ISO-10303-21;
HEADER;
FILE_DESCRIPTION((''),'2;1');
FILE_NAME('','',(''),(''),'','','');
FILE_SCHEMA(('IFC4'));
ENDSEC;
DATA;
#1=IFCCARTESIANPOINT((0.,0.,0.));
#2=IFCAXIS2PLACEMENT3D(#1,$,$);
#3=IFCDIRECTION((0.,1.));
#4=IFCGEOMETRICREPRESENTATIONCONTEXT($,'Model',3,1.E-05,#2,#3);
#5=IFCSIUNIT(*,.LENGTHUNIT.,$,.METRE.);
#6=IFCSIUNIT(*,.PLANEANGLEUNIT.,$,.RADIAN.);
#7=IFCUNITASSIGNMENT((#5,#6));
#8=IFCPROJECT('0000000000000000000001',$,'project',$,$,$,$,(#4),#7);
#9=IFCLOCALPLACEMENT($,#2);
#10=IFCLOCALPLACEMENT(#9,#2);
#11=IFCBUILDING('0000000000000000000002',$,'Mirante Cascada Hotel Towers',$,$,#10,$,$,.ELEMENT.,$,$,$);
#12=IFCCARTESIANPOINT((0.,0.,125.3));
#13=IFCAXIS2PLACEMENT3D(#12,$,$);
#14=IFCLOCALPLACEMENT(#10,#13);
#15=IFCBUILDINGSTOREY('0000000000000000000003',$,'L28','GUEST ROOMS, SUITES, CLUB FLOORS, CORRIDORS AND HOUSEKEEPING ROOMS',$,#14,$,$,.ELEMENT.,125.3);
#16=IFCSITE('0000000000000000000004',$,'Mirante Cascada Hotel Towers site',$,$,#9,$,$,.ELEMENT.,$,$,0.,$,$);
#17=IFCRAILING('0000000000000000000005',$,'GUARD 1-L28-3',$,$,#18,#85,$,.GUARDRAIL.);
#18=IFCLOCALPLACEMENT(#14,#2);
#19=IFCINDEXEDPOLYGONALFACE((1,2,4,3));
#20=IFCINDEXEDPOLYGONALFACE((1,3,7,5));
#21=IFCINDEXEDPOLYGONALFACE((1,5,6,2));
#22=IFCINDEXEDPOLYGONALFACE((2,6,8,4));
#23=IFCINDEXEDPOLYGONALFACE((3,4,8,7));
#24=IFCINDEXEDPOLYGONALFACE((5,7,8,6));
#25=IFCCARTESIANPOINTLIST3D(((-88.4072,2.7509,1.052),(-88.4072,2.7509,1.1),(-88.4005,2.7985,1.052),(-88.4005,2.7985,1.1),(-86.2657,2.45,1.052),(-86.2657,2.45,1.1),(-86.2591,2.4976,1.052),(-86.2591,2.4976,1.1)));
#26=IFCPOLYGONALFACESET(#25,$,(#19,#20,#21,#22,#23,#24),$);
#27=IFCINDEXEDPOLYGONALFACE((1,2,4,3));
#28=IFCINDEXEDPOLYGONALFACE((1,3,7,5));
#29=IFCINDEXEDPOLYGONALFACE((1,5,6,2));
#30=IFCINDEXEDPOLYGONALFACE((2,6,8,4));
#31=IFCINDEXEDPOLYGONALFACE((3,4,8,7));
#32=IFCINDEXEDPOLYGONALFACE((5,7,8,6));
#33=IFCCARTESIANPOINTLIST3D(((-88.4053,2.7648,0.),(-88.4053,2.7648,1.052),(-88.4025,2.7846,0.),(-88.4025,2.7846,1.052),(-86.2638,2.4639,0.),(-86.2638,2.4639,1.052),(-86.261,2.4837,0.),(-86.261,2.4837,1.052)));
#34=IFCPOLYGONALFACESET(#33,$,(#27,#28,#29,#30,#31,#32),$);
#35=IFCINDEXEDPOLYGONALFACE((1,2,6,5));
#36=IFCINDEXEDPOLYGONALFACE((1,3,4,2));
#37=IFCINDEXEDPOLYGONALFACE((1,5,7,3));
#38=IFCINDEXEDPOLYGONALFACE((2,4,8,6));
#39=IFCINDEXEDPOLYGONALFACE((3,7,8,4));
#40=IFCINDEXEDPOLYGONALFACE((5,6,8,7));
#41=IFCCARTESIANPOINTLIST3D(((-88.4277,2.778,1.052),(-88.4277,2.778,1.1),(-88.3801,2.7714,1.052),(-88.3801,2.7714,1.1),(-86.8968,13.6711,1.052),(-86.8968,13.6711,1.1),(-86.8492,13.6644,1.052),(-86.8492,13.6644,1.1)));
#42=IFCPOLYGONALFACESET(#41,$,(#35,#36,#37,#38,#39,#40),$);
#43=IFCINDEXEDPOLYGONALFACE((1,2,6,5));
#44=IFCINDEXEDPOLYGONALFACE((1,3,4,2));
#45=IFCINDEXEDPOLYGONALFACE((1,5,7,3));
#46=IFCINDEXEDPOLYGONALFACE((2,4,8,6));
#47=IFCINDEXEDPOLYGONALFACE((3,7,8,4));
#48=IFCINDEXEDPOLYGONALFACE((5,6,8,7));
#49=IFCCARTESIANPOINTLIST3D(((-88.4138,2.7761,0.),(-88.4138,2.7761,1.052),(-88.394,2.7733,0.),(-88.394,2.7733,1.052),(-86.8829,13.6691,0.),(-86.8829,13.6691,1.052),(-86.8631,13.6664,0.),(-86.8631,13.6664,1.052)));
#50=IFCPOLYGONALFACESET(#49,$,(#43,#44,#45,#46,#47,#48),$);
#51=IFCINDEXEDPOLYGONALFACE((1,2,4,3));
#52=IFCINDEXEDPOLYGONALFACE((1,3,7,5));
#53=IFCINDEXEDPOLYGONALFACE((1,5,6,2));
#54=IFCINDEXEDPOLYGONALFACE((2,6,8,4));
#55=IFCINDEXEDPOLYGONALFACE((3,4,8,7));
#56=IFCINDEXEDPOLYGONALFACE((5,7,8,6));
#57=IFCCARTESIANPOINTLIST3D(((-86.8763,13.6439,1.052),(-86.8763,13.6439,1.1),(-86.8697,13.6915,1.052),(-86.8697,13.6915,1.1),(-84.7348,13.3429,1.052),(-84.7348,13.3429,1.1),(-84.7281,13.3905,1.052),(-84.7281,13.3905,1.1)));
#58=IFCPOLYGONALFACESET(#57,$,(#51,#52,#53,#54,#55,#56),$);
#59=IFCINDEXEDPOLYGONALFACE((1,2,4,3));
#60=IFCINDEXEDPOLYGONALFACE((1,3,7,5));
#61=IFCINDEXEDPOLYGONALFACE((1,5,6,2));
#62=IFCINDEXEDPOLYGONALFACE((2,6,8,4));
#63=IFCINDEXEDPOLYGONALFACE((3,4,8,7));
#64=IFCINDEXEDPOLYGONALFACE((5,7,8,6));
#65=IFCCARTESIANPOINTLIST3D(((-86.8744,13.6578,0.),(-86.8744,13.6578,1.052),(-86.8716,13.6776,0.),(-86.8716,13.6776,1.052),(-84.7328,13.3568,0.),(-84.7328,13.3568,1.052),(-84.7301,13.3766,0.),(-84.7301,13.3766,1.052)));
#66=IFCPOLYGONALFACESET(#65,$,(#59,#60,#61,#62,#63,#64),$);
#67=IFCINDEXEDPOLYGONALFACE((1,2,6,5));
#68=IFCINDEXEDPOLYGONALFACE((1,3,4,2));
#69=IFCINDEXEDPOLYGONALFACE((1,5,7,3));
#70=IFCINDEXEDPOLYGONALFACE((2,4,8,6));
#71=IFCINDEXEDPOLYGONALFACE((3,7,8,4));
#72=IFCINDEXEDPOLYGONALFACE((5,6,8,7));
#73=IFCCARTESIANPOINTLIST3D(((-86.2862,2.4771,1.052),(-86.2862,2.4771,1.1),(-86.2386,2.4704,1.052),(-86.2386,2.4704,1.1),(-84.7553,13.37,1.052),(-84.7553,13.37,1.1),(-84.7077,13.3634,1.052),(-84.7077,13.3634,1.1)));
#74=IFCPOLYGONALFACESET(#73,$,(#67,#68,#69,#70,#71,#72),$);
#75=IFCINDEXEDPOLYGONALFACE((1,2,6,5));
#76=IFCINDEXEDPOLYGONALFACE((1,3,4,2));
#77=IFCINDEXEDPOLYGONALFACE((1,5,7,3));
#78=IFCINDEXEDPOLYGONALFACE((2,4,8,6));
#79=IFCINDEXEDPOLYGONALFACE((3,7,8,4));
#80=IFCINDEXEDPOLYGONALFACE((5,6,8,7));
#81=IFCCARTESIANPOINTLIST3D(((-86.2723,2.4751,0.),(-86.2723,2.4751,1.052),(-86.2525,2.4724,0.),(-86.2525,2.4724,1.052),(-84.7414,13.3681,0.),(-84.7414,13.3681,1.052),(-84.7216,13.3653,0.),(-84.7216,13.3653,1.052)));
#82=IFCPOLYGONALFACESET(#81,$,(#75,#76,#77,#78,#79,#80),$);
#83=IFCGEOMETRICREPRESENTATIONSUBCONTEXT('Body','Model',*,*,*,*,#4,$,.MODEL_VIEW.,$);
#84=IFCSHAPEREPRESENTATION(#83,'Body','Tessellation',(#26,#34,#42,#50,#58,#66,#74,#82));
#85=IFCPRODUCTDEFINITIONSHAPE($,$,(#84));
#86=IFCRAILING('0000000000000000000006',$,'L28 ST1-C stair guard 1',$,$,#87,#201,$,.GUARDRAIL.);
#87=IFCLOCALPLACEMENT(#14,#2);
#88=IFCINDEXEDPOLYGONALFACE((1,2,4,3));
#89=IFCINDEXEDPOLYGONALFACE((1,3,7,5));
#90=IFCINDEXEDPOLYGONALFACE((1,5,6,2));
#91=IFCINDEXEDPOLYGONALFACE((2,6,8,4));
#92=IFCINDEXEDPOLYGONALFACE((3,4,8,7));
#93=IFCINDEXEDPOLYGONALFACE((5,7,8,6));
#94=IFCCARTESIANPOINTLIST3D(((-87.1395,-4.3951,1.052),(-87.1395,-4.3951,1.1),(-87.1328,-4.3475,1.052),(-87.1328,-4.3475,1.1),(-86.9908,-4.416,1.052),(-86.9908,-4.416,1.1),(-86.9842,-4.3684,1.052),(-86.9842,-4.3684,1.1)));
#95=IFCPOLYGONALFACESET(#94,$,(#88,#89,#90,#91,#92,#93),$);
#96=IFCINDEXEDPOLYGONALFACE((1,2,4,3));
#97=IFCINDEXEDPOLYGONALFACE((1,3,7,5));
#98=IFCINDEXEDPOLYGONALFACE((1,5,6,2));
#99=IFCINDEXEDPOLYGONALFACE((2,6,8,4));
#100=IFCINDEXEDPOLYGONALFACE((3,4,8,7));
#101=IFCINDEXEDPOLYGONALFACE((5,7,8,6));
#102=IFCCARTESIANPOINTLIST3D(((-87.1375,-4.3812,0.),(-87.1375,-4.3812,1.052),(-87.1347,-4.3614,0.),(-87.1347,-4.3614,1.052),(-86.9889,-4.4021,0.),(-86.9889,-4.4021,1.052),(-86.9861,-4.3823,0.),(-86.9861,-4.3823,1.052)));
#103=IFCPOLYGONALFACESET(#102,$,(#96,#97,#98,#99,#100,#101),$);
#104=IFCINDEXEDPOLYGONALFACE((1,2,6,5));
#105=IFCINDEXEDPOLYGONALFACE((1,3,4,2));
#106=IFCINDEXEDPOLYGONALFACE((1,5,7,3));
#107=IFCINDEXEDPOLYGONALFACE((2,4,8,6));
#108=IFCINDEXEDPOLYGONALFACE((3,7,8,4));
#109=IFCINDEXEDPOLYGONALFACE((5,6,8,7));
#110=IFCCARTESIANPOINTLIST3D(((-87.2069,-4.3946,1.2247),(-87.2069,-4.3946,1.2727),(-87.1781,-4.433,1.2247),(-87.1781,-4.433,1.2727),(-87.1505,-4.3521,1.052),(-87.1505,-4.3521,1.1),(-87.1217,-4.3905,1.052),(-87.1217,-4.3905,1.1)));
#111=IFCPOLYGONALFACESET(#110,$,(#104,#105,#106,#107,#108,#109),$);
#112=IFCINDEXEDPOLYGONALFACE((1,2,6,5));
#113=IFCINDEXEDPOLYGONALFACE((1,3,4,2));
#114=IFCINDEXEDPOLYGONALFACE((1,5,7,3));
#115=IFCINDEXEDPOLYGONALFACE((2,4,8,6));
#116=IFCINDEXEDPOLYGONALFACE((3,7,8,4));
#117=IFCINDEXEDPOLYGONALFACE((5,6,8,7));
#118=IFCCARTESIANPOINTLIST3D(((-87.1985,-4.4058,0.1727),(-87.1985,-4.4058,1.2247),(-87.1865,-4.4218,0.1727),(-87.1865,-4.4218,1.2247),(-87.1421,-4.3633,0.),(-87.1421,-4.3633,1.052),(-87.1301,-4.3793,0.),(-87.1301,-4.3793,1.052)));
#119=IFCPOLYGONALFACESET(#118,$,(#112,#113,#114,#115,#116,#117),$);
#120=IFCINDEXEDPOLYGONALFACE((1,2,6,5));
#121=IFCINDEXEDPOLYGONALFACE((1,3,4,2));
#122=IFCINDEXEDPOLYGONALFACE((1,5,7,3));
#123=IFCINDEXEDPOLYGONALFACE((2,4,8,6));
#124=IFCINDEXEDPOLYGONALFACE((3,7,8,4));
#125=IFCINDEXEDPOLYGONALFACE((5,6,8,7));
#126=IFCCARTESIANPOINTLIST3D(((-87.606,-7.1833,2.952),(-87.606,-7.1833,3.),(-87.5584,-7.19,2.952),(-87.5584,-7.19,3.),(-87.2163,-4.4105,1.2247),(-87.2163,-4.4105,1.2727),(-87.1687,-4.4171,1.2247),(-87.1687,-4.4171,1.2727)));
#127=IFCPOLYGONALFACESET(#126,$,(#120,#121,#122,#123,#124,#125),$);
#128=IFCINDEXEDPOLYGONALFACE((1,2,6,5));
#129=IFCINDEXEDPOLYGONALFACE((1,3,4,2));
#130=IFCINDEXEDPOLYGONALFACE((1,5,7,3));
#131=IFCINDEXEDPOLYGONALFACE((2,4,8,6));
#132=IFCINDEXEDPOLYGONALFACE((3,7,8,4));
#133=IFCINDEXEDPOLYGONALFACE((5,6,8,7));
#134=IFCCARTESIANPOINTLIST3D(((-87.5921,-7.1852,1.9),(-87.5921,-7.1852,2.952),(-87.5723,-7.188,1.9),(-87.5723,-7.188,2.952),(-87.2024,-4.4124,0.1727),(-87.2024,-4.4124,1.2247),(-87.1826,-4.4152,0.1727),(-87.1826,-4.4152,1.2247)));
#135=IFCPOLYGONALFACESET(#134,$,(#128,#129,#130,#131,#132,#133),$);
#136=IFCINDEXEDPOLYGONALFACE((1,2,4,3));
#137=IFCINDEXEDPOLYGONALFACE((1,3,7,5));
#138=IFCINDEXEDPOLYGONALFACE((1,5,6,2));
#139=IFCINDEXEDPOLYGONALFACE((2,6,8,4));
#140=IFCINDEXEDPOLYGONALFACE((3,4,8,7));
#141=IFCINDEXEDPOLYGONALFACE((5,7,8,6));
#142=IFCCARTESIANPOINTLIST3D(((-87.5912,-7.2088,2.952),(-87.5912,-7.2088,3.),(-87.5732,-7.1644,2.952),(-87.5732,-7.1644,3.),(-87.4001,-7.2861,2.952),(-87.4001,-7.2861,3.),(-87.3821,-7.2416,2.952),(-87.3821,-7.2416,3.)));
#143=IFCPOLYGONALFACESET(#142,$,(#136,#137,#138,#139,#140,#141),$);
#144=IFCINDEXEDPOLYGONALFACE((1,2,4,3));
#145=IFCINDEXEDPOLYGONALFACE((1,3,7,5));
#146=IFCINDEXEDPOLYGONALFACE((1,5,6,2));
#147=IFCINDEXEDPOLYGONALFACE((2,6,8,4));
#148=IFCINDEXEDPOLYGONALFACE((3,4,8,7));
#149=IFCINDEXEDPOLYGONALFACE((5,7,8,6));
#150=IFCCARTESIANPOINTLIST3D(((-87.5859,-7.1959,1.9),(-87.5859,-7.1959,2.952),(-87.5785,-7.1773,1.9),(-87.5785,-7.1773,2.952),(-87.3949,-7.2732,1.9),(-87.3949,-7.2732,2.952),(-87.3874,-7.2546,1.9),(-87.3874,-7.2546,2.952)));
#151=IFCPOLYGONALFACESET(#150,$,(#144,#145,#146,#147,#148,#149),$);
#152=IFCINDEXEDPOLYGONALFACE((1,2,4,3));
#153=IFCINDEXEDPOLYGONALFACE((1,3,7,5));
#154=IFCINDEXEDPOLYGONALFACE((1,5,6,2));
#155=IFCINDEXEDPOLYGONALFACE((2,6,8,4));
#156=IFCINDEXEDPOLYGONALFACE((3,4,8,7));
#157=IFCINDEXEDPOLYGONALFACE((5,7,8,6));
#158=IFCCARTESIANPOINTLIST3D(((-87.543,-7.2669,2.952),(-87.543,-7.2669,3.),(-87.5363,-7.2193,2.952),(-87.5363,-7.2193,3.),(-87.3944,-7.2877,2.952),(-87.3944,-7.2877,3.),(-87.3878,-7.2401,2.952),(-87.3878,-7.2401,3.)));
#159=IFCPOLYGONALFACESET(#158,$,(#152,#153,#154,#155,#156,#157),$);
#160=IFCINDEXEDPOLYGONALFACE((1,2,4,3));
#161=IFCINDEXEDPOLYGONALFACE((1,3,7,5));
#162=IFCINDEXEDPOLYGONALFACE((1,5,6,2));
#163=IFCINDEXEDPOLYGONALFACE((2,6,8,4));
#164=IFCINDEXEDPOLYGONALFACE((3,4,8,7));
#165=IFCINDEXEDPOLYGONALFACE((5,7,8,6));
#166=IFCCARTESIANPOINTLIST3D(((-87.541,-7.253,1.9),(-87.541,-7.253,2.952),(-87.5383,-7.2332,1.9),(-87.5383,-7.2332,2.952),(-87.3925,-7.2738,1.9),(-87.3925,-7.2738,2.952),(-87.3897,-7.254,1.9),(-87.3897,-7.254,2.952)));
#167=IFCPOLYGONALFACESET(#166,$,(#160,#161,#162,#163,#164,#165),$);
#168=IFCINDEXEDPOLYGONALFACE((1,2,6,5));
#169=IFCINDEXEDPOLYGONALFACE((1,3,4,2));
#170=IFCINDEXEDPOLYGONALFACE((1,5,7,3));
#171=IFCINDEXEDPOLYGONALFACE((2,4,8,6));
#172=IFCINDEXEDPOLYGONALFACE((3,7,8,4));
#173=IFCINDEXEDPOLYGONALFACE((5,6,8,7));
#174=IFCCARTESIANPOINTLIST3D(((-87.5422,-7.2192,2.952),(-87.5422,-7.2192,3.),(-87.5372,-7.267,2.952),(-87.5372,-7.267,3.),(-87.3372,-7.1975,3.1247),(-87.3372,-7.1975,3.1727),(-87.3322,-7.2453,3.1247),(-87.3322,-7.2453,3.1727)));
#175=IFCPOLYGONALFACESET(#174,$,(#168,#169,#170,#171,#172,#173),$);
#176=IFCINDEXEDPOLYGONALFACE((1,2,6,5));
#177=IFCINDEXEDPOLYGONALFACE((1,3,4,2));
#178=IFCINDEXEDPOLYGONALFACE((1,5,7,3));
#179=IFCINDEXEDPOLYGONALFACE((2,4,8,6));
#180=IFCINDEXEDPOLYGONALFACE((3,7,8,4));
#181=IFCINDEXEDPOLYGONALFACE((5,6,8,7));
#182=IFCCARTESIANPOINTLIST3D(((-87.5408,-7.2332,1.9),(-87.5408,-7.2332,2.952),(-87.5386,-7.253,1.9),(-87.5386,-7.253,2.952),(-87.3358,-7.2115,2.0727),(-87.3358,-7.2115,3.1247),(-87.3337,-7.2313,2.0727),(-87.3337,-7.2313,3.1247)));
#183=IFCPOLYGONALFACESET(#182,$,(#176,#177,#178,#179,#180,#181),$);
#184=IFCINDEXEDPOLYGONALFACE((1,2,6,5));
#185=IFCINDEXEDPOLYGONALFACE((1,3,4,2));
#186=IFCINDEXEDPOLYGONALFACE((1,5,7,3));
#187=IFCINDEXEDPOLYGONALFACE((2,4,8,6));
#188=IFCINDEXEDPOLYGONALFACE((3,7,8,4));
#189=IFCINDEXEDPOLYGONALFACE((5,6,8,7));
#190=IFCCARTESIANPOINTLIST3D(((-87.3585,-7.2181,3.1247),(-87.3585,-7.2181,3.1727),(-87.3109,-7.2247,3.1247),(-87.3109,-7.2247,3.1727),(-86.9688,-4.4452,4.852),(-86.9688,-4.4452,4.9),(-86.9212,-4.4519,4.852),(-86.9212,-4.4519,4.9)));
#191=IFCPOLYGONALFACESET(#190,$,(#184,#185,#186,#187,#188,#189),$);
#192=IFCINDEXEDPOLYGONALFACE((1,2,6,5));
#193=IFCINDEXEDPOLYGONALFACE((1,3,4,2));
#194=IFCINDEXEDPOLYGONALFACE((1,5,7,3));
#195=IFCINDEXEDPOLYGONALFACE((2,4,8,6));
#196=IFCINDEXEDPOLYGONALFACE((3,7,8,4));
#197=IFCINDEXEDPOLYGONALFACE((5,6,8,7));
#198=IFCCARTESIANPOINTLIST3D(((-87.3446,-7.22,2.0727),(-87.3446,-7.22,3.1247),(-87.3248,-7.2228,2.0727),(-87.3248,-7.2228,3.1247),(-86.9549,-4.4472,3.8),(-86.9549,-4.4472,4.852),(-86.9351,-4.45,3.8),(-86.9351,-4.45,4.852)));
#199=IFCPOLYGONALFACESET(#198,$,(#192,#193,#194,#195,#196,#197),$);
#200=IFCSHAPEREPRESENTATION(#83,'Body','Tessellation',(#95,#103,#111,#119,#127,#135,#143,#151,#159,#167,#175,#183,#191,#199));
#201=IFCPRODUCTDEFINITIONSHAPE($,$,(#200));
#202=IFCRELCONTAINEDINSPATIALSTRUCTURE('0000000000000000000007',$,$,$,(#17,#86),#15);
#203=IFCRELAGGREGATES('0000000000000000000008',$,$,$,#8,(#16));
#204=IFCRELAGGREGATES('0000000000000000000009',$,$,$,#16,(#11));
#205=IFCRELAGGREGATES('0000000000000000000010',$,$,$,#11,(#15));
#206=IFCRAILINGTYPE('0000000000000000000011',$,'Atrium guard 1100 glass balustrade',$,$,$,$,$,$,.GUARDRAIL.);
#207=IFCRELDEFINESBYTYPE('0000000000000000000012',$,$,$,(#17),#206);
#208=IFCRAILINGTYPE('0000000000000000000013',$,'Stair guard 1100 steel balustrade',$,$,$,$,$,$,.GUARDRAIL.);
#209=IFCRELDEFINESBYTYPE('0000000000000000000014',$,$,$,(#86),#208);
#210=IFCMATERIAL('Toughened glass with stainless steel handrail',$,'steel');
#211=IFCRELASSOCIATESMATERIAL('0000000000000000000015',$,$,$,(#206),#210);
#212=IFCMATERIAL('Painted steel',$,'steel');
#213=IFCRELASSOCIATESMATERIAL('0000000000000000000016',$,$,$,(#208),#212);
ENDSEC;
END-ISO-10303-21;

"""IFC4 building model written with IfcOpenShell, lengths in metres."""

from ifc_helpers import new_model, si_unit, direction, frame, origin, origin_2d, place, context, subcontext, project, spatial, rectangle, extrude, material, type_object, element, save


model = new_model("IFC4")

# Units and contexts
model_context = context("Model", 3, precision=1e-05, world=origin(), true_north=direction((0.0, 1.0)))
body_context = subcontext(model_context, "Body", "Model", "MODEL_VIEW")
ifc_project = project(units=[si_unit("LENGTHUNIT", "METRE"), si_unit("PLANEANGLEUNIT", "RADIAN")], contexts=[model_context])

# Site, building, storey
site_placement = place(None, origin())
site = spatial("IfcSite", under=ifc_project, at=site_placement, Name="Mirante Cascada Hotel Towers site", CompositionType="ELEMENT", RefElevation=0.0)
building_placement = place(site_placement, origin())
building = spatial("IfcBuilding", under=site, at=building_placement, Name="Mirante Cascada Hotel Towers", CompositionType="ELEMENT")
storey_placement = place(building_placement, frame((0.0, 0.0, 125.3)))
storey = spatial("IfcBuildingStorey", under=building, at=storey_placement, Name="L28", Description="GUEST ROOMS, SUITES, CLUB FLOORS, CORRIDORS AND HOUSEKEEPING ROOMS", CompositionType="ELEMENT", Elevation=125.3)

# Railings
ifc_material_1 = material(Name="Toughened glass with stainless steel handrail", Category="steel")
railing_type_1 = type_object("IfcRailingType", Name="Atrium guard 1100 glass balustrade", PredefinedType="GUARDRAIL", material=ifc_material_1)
railing_1_placement = place(storey_placement, frame((-86.2624, 2.4738, 0.0)))
element("IfcRailing", 1, at=railing_1_placement, inside=storey, type_object=railing_type_1, Name="GUARD 1-L28-3", PredefinedType="GUARDRAIL", context=body_context, shape_type="SweptSolid", body=[
    extrude(rectangle(XDim=0.048, YDim=0.048, at=origin_2d()), frame((0.0, 0.0, 1.076), z_axis=(-0.990272, 0.139142, 0.0), x_axis=(-0.139142, -0.990272, 0.0)), (0.0, 0.0, 1.0), 2.1625),
    extrude(rectangle(XDim=0.02, YDim=1.052, at=origin_2d()), frame((0.0, 0.0, 0.526), z_axis=(-0.990272, 0.139142, 0.0), x_axis=(-0.139142, -0.990272, 0.0)), (0.0, 0.0, 1.0), 2.1625),
    extrude(rectangle(XDim=0.048, YDim=0.048, at=origin_2d()), frame((-2.1415, 0.3009, 1.076), z_axis=(0.139172, 0.990268, 0.0), x_axis=(-0.990268, 0.139172, 0.0)), (0.0, 0.0, 1.0), 11.0001),
    extrude(rectangle(XDim=0.02, YDim=1.052, at=origin_2d()), frame((-2.1415, 0.3009, 0.526), z_axis=(0.139172, 0.990268, 0.0), x_axis=(-0.990268, 0.139172, 0.0)), (0.0, 0.0, 1.0), 11.0001),
    extrude(rectangle(XDim=0.048, YDim=0.048, at=origin_2d()), frame((-0.6106, 11.1939, 1.076), z_axis=(0.990266, -0.139187, 0.0), x_axis=(0.139187, 0.990266, 0.0)), (0.0, 0.0, 1.0), 2.1626),
    extrude(rectangle(XDim=0.02, YDim=1.052, at=origin_2d()), frame((-0.6106, 11.1939, 0.526), z_axis=(0.990266, -0.139187, 0.0), x_axis=(0.139187, 0.990266, 0.0)), (0.0, 0.0, 1.0), 2.1626),
    extrude(rectangle(XDim=0.048, YDim=0.048, at=origin_2d()), frame((1.5309, 10.8929, 1.076), z_axis=(-0.139173, -0.990268, 0.0), x_axis=(0.990268, -0.139173, 0.0)), (0.0, 0.0, 1.0), 11.0),
    extrude(rectangle(XDim=0.02, YDim=1.052, at=origin_2d()), frame((1.5309, 10.8929, 0.526), z_axis=(-0.139173, -0.990268, 0.0), x_axis=(0.990268, -0.139173, 0.0)), (0.0, 0.0, 1.0), 11.0),
])
ifc_material_2 = material(Name="Painted steel", Category="steel")
railing_type_2 = type_object("IfcRailingType", Name="Stair guard 1100 steel balustrade", PredefinedType="GUARDRAIL", material=ifc_material_2)
railing_2_placement = place(storey_placement, frame((-86.9875, -4.3922, 0.0)))
element("IfcRailing", 2, at=railing_2_placement, inside=storey, type_object=railing_type_2, Name="L28 ST1-C stair guard 1", PredefinedType="GUARDRAIL", context=body_context, shape_type="SweptSolid", body=[
    extrude(rectangle(XDim=0.048, YDim=0.048, at=origin_2d()), frame((0.0, 0.0, 1.076), z_axis=(-0.990254, 0.139275, 0.0), x_axis=(-0.139275, -0.990254, 0.0)), (0.0, 0.0, 1.0), 0.1501),
    extrude(rectangle(XDim=0.02, YDim=1.052, at=origin_2d()), frame((0.0, 0.0, 0.526), z_axis=(-0.990254, 0.139275, 0.0), x_axis=(-0.139275, -0.990254, 0.0)), (0.0, 0.0, 1.0), 0.1501),
    extrude(rectangle(XDim=0.048, YDim=0.048, at=origin_2d()), frame((-0.1486, 0.0209, 1.076), z_axis=(-0.798639, -0.601811, 0.0), x_axis=(0.601811, -0.798639, 0.0)), (0.0, 0.925603, 0.378496), 0.1866),
    extrude(rectangle(XDim=0.02, YDim=1.052, at=origin_2d()), frame((-0.1486, 0.0209, 0.526), z_axis=(-0.798639, -0.601811, 0.0), x_axis=(0.601811, -0.798639, 0.0)), (0.0, 0.925603, 0.378496), 0.1866),
    extrude(rectangle(XDim=0.048, YDim=0.048, at=origin_2d()), frame((-0.205, -0.0216, 1.2487), z_axis=(-0.139176, -0.990268, 0.0), x_axis=(0.990268, -0.139176, 0.0)), (0.0, 0.525021, 0.851089), 3.29),
    extrude(rectangle(XDim=0.02, YDim=1.052, at=origin_2d()), frame((-0.205, -0.0216, 0.6987), z_axis=(-0.139176, -0.990268, 0.0), x_axis=(0.990268, -0.139176, 0.0)), (0.0, 0.525021, 0.851089), 3.29),
    extrude(rectangle(XDim=0.048, YDim=0.048, at=origin_2d()), frame((-0.5947, -2.7944, 2.976), z_axis=(0.927031, -0.374984, 0.0), x_axis=(0.374984, 0.927031, 0.0)), (0.0, 0.0, 1.0), 0.2061),
    extrude(rectangle(XDim=0.02, YDim=1.052, at=origin_2d()), frame((-0.5947, -2.7944, 2.426), z_axis=(0.927031, -0.374984, 0.0), x_axis=(0.374984, 0.927031, 0.0)), (0.0, 0.0, 1.0), 0.2061),
    extrude(rectangle(XDim=0.048, YDim=0.048, at=origin_2d()), frame((-0.4036, -2.8717, 2.976), z_axis=(-0.990345, 0.138622, 0.0), x_axis=(-0.138622, -0.990345, 0.0)), (0.0, 0.0, 1.0), 0.15),
    extrude(rectangle(XDim=0.02, YDim=1.052, at=origin_2d()), frame((-0.4036, -2.8717, 2.426), z_axis=(-0.990345, 0.138622, 0.0), x_axis=(-0.138622, -0.990345, 0.0)), (0.0, 0.0, 1.0), 0.15),
    extrude(rectangle(XDim=0.048, YDim=0.048, at=origin_2d()), frame((-0.5522, -2.8509, 2.976), z_axis=(0.994444, 0.105266, 0.0), x_axis=(-0.105266, 0.994444, 0.0)), (0.0, 0.642184, 0.76655), 0.2689),
    extrude(rectangle(XDim=0.02, YDim=1.052, at=origin_2d()), frame((-0.5522, -2.8509, 2.426), z_axis=(0.994444, 0.105266, 0.0), x_axis=(-0.105266, 0.994444, 0.0)), (0.0, 0.642184, 0.76655), 0.2689),
    extrude(rectangle(XDim=0.048, YDim=0.048, at=origin_2d()), frame((-0.3472, -2.8292, 3.1487), z_axis=(0.139176, 0.990268, 0.0), x_axis=(-0.990268, 0.139176, 0.0)), (0.0, 0.525021, 0.851089), 3.29),
    extrude(rectangle(XDim=0.02, YDim=1.052, at=origin_2d()), frame((-0.3472, -2.8292, 2.5987), z_axis=(0.139176, 0.990268, 0.0), x_axis=(-0.990268, 0.139176, 0.0)), (0.0, 0.525021, 0.851089), 3.29),
])

save(model, "model.ifc")
